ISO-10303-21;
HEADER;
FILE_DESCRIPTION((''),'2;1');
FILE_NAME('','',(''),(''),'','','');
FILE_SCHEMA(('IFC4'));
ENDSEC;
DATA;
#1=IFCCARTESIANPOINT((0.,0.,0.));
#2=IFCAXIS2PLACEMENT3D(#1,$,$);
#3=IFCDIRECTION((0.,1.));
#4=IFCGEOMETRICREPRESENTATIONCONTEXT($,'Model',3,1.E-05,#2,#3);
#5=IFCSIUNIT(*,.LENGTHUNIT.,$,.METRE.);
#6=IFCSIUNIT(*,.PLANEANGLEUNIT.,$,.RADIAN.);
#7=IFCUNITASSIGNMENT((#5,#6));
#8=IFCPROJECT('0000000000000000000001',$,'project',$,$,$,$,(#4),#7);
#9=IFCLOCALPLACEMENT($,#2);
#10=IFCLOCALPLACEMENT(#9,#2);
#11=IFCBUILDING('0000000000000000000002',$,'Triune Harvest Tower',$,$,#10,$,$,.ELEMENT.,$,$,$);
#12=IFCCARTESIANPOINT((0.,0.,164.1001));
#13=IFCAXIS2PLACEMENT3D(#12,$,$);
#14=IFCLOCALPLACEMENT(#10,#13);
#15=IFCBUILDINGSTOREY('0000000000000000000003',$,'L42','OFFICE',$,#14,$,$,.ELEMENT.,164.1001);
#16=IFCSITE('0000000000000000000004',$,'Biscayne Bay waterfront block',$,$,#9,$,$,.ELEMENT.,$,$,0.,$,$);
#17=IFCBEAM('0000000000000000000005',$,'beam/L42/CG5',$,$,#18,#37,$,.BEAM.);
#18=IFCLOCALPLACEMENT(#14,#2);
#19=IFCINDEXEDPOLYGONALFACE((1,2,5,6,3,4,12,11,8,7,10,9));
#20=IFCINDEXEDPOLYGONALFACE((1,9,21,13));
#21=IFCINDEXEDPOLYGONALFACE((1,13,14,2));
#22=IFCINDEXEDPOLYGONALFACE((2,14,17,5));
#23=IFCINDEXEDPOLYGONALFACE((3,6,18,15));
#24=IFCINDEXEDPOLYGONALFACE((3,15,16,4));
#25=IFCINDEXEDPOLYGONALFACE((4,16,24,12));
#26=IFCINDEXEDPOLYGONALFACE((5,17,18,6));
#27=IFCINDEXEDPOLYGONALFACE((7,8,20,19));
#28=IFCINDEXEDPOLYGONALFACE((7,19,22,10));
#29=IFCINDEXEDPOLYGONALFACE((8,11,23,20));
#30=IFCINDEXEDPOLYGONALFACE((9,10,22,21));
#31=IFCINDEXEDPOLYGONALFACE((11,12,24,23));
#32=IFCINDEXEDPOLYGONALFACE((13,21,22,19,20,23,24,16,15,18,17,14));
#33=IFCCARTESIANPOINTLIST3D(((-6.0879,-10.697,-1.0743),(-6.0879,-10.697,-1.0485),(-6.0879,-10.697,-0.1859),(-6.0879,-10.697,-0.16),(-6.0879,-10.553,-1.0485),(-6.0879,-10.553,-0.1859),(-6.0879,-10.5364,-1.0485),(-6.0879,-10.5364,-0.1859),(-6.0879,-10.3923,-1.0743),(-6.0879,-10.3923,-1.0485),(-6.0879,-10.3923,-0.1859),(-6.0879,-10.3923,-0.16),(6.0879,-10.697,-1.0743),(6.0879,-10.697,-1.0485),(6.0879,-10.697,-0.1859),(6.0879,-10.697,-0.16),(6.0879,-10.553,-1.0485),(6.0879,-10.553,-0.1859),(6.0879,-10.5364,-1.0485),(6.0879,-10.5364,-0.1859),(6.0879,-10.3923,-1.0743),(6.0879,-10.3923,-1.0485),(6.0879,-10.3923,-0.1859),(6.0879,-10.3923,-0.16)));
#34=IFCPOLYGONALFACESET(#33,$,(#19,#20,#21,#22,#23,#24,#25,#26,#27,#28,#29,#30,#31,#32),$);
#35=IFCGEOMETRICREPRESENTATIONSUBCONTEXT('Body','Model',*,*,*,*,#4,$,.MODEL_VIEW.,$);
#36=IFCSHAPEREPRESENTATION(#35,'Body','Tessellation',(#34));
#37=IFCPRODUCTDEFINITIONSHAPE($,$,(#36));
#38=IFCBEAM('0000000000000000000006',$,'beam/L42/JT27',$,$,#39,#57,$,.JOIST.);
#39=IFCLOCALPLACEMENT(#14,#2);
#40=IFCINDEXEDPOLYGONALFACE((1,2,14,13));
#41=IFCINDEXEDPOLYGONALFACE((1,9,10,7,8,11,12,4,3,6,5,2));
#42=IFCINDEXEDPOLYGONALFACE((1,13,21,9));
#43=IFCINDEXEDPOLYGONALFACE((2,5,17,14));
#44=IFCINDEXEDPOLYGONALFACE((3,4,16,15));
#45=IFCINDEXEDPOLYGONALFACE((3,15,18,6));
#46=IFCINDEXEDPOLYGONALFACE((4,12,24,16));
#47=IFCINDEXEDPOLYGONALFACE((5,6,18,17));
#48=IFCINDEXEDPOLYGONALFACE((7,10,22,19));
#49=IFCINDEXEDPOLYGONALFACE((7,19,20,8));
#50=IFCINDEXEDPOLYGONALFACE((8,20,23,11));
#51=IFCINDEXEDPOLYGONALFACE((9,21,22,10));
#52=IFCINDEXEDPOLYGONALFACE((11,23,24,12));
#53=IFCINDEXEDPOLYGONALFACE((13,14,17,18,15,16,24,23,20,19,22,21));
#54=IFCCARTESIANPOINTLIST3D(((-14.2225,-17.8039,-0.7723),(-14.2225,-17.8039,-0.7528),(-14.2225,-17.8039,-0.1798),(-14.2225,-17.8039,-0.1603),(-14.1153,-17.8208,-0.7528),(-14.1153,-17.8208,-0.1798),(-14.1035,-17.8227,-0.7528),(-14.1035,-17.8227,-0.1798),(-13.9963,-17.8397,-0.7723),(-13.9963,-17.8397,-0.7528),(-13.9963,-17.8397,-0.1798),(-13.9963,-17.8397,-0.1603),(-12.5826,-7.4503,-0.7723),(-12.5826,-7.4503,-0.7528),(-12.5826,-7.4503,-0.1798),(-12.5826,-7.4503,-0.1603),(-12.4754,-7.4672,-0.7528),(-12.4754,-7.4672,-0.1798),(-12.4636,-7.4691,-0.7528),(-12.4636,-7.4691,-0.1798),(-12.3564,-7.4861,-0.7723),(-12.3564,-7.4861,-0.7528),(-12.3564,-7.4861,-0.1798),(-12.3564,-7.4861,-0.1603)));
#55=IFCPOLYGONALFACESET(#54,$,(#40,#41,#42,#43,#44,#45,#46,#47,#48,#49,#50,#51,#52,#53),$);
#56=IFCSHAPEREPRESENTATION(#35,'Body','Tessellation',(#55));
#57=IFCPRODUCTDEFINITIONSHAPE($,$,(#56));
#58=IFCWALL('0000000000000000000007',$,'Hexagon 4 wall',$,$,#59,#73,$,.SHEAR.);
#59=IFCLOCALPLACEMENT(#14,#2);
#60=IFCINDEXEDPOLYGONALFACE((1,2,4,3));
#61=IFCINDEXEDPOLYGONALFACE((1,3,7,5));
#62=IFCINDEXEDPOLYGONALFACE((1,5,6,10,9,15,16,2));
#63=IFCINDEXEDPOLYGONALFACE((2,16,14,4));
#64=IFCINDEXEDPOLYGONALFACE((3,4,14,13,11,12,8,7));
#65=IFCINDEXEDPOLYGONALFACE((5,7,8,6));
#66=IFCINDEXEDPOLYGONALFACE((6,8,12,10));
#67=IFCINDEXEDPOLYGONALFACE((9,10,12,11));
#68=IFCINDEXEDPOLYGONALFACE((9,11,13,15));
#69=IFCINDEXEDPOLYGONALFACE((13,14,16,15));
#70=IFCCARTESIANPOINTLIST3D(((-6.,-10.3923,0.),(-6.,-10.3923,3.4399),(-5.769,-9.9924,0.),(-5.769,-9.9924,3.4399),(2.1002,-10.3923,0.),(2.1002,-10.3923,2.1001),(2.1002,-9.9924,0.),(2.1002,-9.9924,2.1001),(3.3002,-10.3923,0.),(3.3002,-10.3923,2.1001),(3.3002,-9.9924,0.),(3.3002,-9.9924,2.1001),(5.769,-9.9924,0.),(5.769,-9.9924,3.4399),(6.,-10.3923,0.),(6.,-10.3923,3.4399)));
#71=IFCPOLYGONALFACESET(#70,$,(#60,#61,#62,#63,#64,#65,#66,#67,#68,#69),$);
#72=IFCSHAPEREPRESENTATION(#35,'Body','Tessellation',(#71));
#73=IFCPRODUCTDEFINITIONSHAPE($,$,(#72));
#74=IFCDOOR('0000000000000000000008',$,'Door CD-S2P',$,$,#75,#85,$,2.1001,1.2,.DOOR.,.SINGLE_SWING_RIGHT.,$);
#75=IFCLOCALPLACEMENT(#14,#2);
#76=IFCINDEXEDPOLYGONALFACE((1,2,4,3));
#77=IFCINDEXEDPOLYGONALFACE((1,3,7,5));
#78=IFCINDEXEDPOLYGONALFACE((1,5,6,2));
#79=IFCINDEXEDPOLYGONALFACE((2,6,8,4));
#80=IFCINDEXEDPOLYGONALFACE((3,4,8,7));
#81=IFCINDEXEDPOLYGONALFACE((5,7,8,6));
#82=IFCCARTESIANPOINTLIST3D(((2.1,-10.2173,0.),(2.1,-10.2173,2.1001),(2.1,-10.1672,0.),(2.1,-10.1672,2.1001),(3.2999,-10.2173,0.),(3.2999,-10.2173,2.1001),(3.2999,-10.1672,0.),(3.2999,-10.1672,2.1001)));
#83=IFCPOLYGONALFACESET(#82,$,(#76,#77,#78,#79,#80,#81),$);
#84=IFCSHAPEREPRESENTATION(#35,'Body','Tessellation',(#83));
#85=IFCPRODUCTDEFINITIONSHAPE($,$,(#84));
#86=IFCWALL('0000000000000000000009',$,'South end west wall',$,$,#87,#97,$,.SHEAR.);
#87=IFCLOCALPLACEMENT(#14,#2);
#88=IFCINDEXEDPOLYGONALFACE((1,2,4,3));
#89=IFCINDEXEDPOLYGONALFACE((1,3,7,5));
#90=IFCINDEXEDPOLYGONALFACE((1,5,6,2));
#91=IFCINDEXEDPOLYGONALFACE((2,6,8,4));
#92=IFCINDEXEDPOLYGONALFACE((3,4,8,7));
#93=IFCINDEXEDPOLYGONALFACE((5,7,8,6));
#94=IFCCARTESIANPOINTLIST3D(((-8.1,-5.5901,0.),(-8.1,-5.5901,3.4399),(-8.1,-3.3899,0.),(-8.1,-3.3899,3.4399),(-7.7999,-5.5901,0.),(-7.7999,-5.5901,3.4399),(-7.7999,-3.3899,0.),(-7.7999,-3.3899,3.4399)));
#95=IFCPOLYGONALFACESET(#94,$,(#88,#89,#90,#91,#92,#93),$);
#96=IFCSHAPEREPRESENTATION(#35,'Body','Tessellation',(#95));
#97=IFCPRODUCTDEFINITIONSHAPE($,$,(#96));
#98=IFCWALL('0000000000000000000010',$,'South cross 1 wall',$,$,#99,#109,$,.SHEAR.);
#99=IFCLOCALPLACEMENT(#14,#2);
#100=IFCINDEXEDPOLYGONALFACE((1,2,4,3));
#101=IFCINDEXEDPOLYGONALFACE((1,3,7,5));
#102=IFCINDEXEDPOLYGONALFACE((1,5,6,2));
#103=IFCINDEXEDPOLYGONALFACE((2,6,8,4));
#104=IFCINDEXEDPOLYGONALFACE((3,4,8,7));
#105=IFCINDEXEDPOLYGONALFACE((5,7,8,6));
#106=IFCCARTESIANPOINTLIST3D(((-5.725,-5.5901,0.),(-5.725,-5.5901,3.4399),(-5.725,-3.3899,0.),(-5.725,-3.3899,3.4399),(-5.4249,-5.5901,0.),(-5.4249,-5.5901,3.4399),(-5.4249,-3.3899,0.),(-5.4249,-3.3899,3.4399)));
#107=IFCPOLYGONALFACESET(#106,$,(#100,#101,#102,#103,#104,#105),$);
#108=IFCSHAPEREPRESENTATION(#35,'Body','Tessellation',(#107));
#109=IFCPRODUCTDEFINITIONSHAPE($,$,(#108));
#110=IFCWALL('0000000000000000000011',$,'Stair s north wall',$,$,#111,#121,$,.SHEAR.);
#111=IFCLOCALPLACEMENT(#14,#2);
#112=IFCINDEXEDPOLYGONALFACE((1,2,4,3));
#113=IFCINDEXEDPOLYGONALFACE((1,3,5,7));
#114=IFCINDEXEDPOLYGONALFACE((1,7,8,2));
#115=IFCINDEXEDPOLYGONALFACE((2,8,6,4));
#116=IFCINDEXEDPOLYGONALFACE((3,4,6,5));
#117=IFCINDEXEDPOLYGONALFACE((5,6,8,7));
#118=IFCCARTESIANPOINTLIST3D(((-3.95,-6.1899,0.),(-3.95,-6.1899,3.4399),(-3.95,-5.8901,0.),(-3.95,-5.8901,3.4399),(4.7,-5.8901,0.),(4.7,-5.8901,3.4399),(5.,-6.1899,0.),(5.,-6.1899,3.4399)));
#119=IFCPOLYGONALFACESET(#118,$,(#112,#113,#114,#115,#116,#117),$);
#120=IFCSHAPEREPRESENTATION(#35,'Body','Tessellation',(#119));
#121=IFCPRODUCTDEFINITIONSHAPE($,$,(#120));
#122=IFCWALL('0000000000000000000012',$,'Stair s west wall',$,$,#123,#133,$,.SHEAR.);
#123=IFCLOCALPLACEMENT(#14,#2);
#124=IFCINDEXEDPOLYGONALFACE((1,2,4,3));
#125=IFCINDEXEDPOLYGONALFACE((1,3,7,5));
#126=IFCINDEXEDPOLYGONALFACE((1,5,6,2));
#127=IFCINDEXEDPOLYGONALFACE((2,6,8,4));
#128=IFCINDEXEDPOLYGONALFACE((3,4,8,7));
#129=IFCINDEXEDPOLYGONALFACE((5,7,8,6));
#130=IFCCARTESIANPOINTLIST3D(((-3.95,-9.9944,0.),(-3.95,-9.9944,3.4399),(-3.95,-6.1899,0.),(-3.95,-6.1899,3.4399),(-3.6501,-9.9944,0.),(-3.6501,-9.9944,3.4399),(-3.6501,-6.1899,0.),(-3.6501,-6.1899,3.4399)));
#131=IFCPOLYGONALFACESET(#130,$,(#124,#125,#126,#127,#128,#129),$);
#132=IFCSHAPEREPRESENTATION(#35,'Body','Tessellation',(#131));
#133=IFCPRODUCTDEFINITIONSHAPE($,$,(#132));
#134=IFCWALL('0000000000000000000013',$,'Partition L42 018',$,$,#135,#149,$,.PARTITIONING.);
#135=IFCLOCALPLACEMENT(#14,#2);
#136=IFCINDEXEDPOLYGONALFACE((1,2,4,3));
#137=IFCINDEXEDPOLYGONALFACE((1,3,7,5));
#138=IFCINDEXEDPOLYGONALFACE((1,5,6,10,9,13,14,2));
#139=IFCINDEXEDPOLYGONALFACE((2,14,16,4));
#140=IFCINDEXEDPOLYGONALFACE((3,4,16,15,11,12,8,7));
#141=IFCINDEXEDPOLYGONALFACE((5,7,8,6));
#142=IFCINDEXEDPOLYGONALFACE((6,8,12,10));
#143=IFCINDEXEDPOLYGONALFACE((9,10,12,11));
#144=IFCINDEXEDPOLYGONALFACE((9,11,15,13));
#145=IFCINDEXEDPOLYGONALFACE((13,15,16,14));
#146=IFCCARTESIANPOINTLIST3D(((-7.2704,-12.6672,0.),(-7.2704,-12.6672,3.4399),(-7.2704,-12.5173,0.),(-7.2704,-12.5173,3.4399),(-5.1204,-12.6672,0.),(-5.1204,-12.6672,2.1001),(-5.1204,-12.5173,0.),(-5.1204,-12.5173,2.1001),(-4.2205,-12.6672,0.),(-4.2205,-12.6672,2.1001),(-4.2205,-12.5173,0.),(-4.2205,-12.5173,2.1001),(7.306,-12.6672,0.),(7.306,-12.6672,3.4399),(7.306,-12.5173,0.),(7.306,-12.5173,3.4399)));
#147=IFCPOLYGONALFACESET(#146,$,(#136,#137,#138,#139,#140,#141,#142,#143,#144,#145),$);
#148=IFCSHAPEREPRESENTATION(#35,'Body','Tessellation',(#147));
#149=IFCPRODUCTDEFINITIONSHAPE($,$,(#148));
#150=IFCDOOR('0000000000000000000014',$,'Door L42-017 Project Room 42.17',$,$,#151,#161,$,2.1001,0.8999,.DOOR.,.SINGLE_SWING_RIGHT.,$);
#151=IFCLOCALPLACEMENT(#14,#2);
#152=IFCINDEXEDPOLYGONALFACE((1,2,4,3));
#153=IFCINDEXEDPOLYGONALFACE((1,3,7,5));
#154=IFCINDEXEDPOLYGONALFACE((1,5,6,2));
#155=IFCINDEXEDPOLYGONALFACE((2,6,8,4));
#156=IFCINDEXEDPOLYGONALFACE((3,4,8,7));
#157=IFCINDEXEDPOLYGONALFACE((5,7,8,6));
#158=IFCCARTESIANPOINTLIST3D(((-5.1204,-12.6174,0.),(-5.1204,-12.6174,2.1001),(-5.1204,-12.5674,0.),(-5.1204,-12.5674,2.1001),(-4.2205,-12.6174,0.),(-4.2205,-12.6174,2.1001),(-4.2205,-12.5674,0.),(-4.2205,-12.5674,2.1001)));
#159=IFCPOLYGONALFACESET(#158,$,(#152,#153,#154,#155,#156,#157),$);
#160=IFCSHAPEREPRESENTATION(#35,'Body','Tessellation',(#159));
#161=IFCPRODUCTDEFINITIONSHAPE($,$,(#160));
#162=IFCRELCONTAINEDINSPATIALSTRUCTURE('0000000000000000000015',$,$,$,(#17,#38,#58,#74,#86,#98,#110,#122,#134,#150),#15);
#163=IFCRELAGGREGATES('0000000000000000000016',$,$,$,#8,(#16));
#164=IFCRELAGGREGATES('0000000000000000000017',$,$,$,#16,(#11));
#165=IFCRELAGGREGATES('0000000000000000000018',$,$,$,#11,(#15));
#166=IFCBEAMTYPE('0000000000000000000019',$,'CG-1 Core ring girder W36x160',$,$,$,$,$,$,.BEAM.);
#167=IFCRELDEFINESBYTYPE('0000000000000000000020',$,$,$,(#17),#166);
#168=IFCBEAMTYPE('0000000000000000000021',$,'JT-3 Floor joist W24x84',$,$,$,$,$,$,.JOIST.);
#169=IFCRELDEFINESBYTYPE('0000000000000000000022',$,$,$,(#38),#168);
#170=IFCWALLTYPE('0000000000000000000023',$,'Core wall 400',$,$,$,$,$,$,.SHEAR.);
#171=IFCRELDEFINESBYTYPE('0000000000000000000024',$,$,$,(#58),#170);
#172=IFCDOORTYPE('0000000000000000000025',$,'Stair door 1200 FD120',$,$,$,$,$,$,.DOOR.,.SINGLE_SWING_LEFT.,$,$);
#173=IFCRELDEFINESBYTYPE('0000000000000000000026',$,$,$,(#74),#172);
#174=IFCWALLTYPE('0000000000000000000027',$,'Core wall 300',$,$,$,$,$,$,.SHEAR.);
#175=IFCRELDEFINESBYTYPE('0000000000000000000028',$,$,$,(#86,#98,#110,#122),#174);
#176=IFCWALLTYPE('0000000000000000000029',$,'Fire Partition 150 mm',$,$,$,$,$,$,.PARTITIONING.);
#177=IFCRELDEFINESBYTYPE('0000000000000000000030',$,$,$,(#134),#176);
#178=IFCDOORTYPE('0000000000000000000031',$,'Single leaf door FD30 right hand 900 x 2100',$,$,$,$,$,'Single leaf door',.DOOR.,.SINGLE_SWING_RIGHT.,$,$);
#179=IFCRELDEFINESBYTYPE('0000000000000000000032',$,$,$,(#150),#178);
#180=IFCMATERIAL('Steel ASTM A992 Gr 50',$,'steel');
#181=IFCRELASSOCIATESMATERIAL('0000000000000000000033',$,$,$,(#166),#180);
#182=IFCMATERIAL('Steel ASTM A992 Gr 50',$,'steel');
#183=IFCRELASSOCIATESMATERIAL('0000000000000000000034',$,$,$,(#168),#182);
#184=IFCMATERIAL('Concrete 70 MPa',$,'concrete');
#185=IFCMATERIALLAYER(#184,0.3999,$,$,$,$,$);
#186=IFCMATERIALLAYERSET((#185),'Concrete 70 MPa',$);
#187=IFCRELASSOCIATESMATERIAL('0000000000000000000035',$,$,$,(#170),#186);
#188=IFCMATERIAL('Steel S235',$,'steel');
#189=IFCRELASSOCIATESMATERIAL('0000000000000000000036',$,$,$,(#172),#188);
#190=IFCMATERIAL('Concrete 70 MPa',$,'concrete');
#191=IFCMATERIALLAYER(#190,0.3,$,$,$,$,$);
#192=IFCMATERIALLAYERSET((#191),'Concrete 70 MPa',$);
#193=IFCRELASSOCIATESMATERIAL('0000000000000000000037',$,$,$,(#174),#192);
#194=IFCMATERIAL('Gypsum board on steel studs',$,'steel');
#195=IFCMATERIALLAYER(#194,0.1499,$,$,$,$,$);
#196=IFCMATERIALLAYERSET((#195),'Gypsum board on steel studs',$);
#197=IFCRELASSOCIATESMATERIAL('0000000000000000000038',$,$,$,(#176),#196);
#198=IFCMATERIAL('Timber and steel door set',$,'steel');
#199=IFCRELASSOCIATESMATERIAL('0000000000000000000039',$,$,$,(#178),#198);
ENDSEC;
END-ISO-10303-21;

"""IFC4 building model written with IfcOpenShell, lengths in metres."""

from ifc_helpers import new_model, si_unit, direction, frame, frame_2d, origin, origin_2d, place, context, subcontext, project, spatial, polyline, rectangle, i_section, outline, extrude, source, transform, mapped, material, layer, layer_set, material_profile, profile_set, type_object, element, fill, save


model = new_model("IFC4")

# Units and contexts
model_context = context("Model", 3, precision=1e-05, world=origin(), true_north=direction((0.0, 1.0)))
body_context = subcontext(model_context, "Body", "Model", "MODEL_VIEW")
ifc_project = project(units=[si_unit("LENGTHUNIT", "METRE"), si_unit("PLANEANGLEUNIT", "RADIAN")], contexts=[model_context])

# Site, building, storey
site_placement = place(None, origin())
site = spatial("IfcSite", under=ifc_project, at=site_placement, Name="Biscayne Bay waterfront block", CompositionType="ELEMENT", RefElevation=0.0)
building_placement = place(site_placement, origin())
building = spatial("IfcBuilding", under=site, at=building_placement, Name="Triune Harvest Tower", CompositionType="ELEMENT")
storey_placement = place(building_placement, frame((0.0, 0.0, 164.1001)))
storey = spatial("IfcBuildingStorey", under=building, at=storey_placement, Name="L42", Description="OFFICE", CompositionType="ELEMENT", Elevation=164.1001)

# Beams
ifc_material_1 = material(Name="Steel ASTM A992 Gr 50", Category="steel")
ifc_material_profile_1 = material_profile(ifc_material_1, i_section(OverallWidth=0.3047, OverallDepth=0.9143, WebThickness=0.0166, FlangeThickness=0.0259, at=origin_2d()), Name="W36x160")
ifc_profile_set_1 = profile_set([ifc_material_profile_1], Name="Steel ASTM A992 Gr 50")
beam_type_1 = type_object("IfcBeamType", Name="CG-1 Core ring girder W36x160", PredefinedType="BEAM", material=ifc_profile_set_1)
shared_shape_1 = source(origin(), body_context, "Body", "SweptSolid", [
    extrude(i_section(OverallWidth=0.3047, OverallDepth=0.9143, WebThickness=0.0166, FlangeThickness=0.0259, at=origin_2d()), origin(), (0.0, 0.0, 1.0), 12.1758),
])
beam_1_placement = place(storey_placement, frame((-6.0879, -10.5447, -0.6172), z_axis=(1.0, 0.0, 0.0), x_axis=(0.0, 1.0, 0.0)))
element("IfcBeam", 1, at=beam_1_placement, inside=storey, type_object=beam_type_1, Name="beam/L42/CG5", PredefinedType="BEAM", context=body_context, shape_type="MappedRepresentation", body=[
    mapped(shared_shape_1, transform((0.0, 0.0, 0.0), scale=1.0)),
])
ifc_material_2 = material(Name="Steel ASTM A992 Gr 50", Category="steel")
ifc_material_profile_2 = material_profile(ifc_material_2, i_section(OverallWidth=0.229, OverallDepth=0.6121, WebThickness=0.012, FlangeThickness=0.0195, at=origin_2d()), Name="W24x84")
ifc_profile_set_2 = profile_set([ifc_material_profile_2], Name="Steel ASTM A992 Gr 50")
beam_type_2 = type_object("IfcBeamType", Name="JT-3 Floor joist W24x84", PredefinedType="JOIST", material=ifc_profile_set_2)
shared_shape_2 = source(origin(), body_context, "Body", "SweptSolid", [
    extrude(i_section(OverallWidth=0.229, OverallDepth=0.6121, WebThickness=0.012, FlangeThickness=0.0195, at=origin_2d()), origin(), (0.0, 0.0, 1.0), 10.4827),
])
beam_2_placement = place(storey_placement, frame((-14.1094, -17.8218, -0.4663), z_axis=(0.15644, 0.987688, 0.0), x_axis=(-0.987688, 0.15644, 0.0)))
element("IfcBeam", 2, at=beam_2_placement, inside=storey, type_object=beam_type_2, Name="beam/L42/JT27", PredefinedType="JOIST", context=body_context, shape_type="MappedRepresentation", body=[
    mapped(shared_shape_2, transform((0.0, 0.0, 0.0), scale=1.0)),
])

# Wall, opening, door
ifc_material_3 = material(Name="Concrete 70 MPa", Category="concrete")
ifc_layer_1 = layer(ifc_material_3, 0.3999)
ifc_layer_set_1 = layer_set([ifc_layer_1], Name="Concrete 70 MPa")
wall_type_1 = type_object("IfcWallType", Name="Core wall 400", PredefinedType="SHEAR", material=ifc_layer_set_1)
shared_shape_3 = source(origin(), body_context, "Body", "SweptSolid", [
    extrude(outline(polyline([(-0.1155, -0.2), (11.8845, -0.2), (11.6536, 0.2), (0.1155, 0.2), (-0.1155, -0.2)])), origin(), (0.0, 0.0, 1.0), 3.4399),
])
wall_1_placement = place(storey_placement, frame((-5.8845, -10.1924, 0.0), z_axis=(0.0, 0.0, 1.0), x_axis=(1.0, 0.0, 0.0)))
wall_1 = element("IfcWall", 3, at=wall_1_placement, inside=storey, type_object=wall_type_1, Name="Hexagon 4 wall", PredefinedType="SHEAR", context=body_context, shape_type="MappedRepresentation", body=[
    mapped(shared_shape_3, transform((0.0, 0.0, 0.0), scale=1.0)),
])
opening_1_placement = place(wall_1_placement, frame((7.9846, 0.0, 0.0)))
opening_1 = element("IfcOpeningElement", 4, at=opening_1_placement, cuts=wall_1, PredefinedType="OPENING", context=body_context, shape_type="SweptSolid", body=[
    extrude(rectangle(XDim=1.2, YDim=2.1001, at=frame_2d((0.6001, 1.05))), frame((0.0, 0.21, 0.0), z_axis=(0.0, -1.0, 0.0), x_axis=(1.0, 0.0, 0.0)), (0.0, 0.0, 1.0), 0.4199),
])
ifc_material_4 = material(Name="Steel S235", Category="steel")
door_type_1 = type_object("IfcDoorType", Name="Stair door 1200 FD120", OperationType="SINGLE_SWING_LEFT", PredefinedType="DOOR", material=ifc_material_4)
door_1_placement = place(opening_1_placement, frame((1.2, 0.0, 0.0), z_axis=(0.0, 0.0, 1.0), x_axis=(-1.0, 0.0, 0.0)))
door_1 = element("IfcDoor", 5, at=door_1_placement, inside=storey, type_object=door_type_1, Name="Door CD-S2P", OperationType="SINGLE_SWING_RIGHT", OverallHeight=2.1001, OverallWidth=1.2, PredefinedType="DOOR", context=body_context, shape_type="SweptSolid", body=[
    extrude(rectangle(XDim=1.2, YDim=2.1001, at=frame_2d((0.6001, 1.05))), frame((0.0, 0.0249, 0.0), z_axis=(0.0, -1.0, 0.0), x_axis=(1.0, 0.0, 0.0)), (0.0, 0.0, 1.0), 0.05),
])
fill(opening_1, door_1)

# Walls
ifc_material_5 = material(Name="Concrete 70 MPa", Category="concrete")
ifc_layer_2 = layer(ifc_material_5, 0.3)
ifc_layer_set_2 = layer_set([ifc_layer_2], Name="Concrete 70 MPa")
wall_type_2 = type_object("IfcWallType", Name="Core wall 300", PredefinedType="SHEAR", material=ifc_layer_set_2)
shared_shape_4 = source(origin(), body_context, "Body", "SweptSolid", [
    extrude(rectangle(XDim=2.2002, YDim=0.3, at=frame_2d((1.1001, 0.0))), origin(), (0.0, 0.0, 1.0), 3.4399),
])
for number, where, z_axis, x_axis, name in (
    (6, (-7.95, -5.5901, 0.0), (0.0, 0.0, 1.0), (0.0, 1.0, 0.0), "South end west wall"),
    (7, (-5.575, -5.5901, 0.0), (0.0, 0.0, 1.0), (0.0, 1.0, 0.0), "South cross 1 wall"),
):
    element("IfcWall", number, at=place(storey_placement, frame(where, z_axis=z_axis, x_axis=x_axis)), inside=storey, type_object=wall_type_2, Name=name, PredefinedType="SHEAR", context=body_context, shape_type="MappedRepresentation", body=[
        mapped(shared_shape_4, transform((0.0, 0.0, 0.0), scale=1.0)),
    ])
shared_shape_5 = source(origin(), body_context, "Body", "SweptSolid", [
    extrude(outline(polyline([(0.0, -0.1499), (8.95, -0.1499), (8.6499, 0.1499), (0.0, 0.1499), (0.0, -0.1499)])), origin(), (0.0, 0.0, 1.0), 3.4399),
])
wall_2_placement = place(storey_placement, frame((-3.95, -6.04, 0.0), z_axis=(0.0, 0.0, 1.0), x_axis=(1.0, 0.0, 0.0)))
element("IfcWall", 8, at=wall_2_placement, inside=storey, type_object=wall_type_2, Name="Stair s north wall", PredefinedType="SHEAR", context=body_context, shape_type="MappedRepresentation", body=[
    mapped(shared_shape_5, transform((0.0, 0.0, 0.0), scale=1.0)),
])
shared_shape_6 = source(origin(), body_context, "Body", "SweptSolid", [
    extrude(outline(polyline([(3.8, -0.1499), (-0.0044, -0.1499), (-0.0044, 0.1499), (3.8, 0.1499), (3.8, -0.1499)])), origin(), (0.0, 0.0, 1.0), 3.4399),
])
wall_3_placement = place(storey_placement, frame((-3.8, -9.99, 0.0), z_axis=(0.0, 0.0, 1.0), x_axis=(0.0, 1.0, 0.0)))
element("IfcWall", 9, at=wall_3_placement, inside=storey, type_object=wall_type_2, Name="Stair s west wall", PredefinedType="SHEAR", context=body_context, shape_type="MappedRepresentation", body=[
    mapped(shared_shape_6, transform((0.0, 0.0, 0.0), scale=1.0)),
])

# Wall, opening, door
ifc_material_6 = material(Name="Gypsum board on steel studs", Category="steel")
ifc_layer_3 = layer(ifc_material_6, 0.1499)
ifc_layer_set_3 = layer_set([ifc_layer_3], Name="Gypsum board on steel studs")
wall_type_3 = type_object("IfcWallType", Name="Fire Partition 150 mm", PredefinedType="PARTITIONING", material=ifc_layer_set_3)
shared_shape_7 = source(origin(), body_context, "Body", "SweptSolid", [
    extrude(rectangle(XDim=14.5764, YDim=0.1499, at=frame_2d((7.2881, 0.0))), origin(), (0.0, 0.0, 1.0), 3.4399),
])
wall_4_placement = place(storey_placement, frame((-7.2703, -12.5923, 0.0), z_axis=(0.0, 0.0, 1.0), x_axis=(1.0, 0.0, 0.0)))
wall_4 = element("IfcWall", 10, at=wall_4_placement, inside=storey, type_object=wall_type_3, Name="Partition L42 018", PredefinedType="PARTITIONING", context=body_context, shape_type="MappedRepresentation", body=[
    mapped(shared_shape_7, transform((0.0, 0.0, 0.0), scale=1.0)),
])
opening_2_placement = place(wall_4_placement, frame((2.1499, 0.0, 0.0)))
opening_2 = element("IfcOpeningElement", 11, at=opening_2_placement, cuts=wall_4, PredefinedType="OPENING", context=body_context, shape_type="SweptSolid", body=[
    extrude(rectangle(XDim=0.8999, YDim=2.1001, at=frame_2d((0.45, 1.05))), frame((0.0, 0.085, 0.0), z_axis=(0.0, -1.0, 0.0), x_axis=(1.0, 0.0, 0.0)), (0.0, 0.0, 1.0), 0.1699),
])
ifc_material_7 = material(Name="Timber and steel door set", Category="steel")
door_type_2 = type_object("IfcDoorType", Name="Single leaf door FD30 right hand 900 x 2100", ElementType="Single leaf door", OperationType="SINGLE_SWING_RIGHT", PredefinedType="DOOR", material=ifc_material_7)
door_2_placement = place(opening_2_placement, origin())
door_2 = element("IfcDoor", 12, at=door_2_placement, inside=storey, type_object=door_type_2, Name="Door L42-017 Project Room 42.17", OperationType="SINGLE_SWING_RIGHT", OverallHeight=2.1001, OverallWidth=0.8999, PredefinedType="DOOR", context=body_context, shape_type="SweptSolid", body=[
    extrude(rectangle(XDim=0.8999, YDim=2.1001, at=frame_2d((0.45, 1.05))), frame((0.0, 0.0249, 0.0), z_axis=(0.0, -1.0, 0.0), x_axis=(1.0, 0.0, 0.0)), (0.0, 0.0, 1.0), 0.05),
])
fill(opening_2, door_2)

save(model, "model.ifc")
